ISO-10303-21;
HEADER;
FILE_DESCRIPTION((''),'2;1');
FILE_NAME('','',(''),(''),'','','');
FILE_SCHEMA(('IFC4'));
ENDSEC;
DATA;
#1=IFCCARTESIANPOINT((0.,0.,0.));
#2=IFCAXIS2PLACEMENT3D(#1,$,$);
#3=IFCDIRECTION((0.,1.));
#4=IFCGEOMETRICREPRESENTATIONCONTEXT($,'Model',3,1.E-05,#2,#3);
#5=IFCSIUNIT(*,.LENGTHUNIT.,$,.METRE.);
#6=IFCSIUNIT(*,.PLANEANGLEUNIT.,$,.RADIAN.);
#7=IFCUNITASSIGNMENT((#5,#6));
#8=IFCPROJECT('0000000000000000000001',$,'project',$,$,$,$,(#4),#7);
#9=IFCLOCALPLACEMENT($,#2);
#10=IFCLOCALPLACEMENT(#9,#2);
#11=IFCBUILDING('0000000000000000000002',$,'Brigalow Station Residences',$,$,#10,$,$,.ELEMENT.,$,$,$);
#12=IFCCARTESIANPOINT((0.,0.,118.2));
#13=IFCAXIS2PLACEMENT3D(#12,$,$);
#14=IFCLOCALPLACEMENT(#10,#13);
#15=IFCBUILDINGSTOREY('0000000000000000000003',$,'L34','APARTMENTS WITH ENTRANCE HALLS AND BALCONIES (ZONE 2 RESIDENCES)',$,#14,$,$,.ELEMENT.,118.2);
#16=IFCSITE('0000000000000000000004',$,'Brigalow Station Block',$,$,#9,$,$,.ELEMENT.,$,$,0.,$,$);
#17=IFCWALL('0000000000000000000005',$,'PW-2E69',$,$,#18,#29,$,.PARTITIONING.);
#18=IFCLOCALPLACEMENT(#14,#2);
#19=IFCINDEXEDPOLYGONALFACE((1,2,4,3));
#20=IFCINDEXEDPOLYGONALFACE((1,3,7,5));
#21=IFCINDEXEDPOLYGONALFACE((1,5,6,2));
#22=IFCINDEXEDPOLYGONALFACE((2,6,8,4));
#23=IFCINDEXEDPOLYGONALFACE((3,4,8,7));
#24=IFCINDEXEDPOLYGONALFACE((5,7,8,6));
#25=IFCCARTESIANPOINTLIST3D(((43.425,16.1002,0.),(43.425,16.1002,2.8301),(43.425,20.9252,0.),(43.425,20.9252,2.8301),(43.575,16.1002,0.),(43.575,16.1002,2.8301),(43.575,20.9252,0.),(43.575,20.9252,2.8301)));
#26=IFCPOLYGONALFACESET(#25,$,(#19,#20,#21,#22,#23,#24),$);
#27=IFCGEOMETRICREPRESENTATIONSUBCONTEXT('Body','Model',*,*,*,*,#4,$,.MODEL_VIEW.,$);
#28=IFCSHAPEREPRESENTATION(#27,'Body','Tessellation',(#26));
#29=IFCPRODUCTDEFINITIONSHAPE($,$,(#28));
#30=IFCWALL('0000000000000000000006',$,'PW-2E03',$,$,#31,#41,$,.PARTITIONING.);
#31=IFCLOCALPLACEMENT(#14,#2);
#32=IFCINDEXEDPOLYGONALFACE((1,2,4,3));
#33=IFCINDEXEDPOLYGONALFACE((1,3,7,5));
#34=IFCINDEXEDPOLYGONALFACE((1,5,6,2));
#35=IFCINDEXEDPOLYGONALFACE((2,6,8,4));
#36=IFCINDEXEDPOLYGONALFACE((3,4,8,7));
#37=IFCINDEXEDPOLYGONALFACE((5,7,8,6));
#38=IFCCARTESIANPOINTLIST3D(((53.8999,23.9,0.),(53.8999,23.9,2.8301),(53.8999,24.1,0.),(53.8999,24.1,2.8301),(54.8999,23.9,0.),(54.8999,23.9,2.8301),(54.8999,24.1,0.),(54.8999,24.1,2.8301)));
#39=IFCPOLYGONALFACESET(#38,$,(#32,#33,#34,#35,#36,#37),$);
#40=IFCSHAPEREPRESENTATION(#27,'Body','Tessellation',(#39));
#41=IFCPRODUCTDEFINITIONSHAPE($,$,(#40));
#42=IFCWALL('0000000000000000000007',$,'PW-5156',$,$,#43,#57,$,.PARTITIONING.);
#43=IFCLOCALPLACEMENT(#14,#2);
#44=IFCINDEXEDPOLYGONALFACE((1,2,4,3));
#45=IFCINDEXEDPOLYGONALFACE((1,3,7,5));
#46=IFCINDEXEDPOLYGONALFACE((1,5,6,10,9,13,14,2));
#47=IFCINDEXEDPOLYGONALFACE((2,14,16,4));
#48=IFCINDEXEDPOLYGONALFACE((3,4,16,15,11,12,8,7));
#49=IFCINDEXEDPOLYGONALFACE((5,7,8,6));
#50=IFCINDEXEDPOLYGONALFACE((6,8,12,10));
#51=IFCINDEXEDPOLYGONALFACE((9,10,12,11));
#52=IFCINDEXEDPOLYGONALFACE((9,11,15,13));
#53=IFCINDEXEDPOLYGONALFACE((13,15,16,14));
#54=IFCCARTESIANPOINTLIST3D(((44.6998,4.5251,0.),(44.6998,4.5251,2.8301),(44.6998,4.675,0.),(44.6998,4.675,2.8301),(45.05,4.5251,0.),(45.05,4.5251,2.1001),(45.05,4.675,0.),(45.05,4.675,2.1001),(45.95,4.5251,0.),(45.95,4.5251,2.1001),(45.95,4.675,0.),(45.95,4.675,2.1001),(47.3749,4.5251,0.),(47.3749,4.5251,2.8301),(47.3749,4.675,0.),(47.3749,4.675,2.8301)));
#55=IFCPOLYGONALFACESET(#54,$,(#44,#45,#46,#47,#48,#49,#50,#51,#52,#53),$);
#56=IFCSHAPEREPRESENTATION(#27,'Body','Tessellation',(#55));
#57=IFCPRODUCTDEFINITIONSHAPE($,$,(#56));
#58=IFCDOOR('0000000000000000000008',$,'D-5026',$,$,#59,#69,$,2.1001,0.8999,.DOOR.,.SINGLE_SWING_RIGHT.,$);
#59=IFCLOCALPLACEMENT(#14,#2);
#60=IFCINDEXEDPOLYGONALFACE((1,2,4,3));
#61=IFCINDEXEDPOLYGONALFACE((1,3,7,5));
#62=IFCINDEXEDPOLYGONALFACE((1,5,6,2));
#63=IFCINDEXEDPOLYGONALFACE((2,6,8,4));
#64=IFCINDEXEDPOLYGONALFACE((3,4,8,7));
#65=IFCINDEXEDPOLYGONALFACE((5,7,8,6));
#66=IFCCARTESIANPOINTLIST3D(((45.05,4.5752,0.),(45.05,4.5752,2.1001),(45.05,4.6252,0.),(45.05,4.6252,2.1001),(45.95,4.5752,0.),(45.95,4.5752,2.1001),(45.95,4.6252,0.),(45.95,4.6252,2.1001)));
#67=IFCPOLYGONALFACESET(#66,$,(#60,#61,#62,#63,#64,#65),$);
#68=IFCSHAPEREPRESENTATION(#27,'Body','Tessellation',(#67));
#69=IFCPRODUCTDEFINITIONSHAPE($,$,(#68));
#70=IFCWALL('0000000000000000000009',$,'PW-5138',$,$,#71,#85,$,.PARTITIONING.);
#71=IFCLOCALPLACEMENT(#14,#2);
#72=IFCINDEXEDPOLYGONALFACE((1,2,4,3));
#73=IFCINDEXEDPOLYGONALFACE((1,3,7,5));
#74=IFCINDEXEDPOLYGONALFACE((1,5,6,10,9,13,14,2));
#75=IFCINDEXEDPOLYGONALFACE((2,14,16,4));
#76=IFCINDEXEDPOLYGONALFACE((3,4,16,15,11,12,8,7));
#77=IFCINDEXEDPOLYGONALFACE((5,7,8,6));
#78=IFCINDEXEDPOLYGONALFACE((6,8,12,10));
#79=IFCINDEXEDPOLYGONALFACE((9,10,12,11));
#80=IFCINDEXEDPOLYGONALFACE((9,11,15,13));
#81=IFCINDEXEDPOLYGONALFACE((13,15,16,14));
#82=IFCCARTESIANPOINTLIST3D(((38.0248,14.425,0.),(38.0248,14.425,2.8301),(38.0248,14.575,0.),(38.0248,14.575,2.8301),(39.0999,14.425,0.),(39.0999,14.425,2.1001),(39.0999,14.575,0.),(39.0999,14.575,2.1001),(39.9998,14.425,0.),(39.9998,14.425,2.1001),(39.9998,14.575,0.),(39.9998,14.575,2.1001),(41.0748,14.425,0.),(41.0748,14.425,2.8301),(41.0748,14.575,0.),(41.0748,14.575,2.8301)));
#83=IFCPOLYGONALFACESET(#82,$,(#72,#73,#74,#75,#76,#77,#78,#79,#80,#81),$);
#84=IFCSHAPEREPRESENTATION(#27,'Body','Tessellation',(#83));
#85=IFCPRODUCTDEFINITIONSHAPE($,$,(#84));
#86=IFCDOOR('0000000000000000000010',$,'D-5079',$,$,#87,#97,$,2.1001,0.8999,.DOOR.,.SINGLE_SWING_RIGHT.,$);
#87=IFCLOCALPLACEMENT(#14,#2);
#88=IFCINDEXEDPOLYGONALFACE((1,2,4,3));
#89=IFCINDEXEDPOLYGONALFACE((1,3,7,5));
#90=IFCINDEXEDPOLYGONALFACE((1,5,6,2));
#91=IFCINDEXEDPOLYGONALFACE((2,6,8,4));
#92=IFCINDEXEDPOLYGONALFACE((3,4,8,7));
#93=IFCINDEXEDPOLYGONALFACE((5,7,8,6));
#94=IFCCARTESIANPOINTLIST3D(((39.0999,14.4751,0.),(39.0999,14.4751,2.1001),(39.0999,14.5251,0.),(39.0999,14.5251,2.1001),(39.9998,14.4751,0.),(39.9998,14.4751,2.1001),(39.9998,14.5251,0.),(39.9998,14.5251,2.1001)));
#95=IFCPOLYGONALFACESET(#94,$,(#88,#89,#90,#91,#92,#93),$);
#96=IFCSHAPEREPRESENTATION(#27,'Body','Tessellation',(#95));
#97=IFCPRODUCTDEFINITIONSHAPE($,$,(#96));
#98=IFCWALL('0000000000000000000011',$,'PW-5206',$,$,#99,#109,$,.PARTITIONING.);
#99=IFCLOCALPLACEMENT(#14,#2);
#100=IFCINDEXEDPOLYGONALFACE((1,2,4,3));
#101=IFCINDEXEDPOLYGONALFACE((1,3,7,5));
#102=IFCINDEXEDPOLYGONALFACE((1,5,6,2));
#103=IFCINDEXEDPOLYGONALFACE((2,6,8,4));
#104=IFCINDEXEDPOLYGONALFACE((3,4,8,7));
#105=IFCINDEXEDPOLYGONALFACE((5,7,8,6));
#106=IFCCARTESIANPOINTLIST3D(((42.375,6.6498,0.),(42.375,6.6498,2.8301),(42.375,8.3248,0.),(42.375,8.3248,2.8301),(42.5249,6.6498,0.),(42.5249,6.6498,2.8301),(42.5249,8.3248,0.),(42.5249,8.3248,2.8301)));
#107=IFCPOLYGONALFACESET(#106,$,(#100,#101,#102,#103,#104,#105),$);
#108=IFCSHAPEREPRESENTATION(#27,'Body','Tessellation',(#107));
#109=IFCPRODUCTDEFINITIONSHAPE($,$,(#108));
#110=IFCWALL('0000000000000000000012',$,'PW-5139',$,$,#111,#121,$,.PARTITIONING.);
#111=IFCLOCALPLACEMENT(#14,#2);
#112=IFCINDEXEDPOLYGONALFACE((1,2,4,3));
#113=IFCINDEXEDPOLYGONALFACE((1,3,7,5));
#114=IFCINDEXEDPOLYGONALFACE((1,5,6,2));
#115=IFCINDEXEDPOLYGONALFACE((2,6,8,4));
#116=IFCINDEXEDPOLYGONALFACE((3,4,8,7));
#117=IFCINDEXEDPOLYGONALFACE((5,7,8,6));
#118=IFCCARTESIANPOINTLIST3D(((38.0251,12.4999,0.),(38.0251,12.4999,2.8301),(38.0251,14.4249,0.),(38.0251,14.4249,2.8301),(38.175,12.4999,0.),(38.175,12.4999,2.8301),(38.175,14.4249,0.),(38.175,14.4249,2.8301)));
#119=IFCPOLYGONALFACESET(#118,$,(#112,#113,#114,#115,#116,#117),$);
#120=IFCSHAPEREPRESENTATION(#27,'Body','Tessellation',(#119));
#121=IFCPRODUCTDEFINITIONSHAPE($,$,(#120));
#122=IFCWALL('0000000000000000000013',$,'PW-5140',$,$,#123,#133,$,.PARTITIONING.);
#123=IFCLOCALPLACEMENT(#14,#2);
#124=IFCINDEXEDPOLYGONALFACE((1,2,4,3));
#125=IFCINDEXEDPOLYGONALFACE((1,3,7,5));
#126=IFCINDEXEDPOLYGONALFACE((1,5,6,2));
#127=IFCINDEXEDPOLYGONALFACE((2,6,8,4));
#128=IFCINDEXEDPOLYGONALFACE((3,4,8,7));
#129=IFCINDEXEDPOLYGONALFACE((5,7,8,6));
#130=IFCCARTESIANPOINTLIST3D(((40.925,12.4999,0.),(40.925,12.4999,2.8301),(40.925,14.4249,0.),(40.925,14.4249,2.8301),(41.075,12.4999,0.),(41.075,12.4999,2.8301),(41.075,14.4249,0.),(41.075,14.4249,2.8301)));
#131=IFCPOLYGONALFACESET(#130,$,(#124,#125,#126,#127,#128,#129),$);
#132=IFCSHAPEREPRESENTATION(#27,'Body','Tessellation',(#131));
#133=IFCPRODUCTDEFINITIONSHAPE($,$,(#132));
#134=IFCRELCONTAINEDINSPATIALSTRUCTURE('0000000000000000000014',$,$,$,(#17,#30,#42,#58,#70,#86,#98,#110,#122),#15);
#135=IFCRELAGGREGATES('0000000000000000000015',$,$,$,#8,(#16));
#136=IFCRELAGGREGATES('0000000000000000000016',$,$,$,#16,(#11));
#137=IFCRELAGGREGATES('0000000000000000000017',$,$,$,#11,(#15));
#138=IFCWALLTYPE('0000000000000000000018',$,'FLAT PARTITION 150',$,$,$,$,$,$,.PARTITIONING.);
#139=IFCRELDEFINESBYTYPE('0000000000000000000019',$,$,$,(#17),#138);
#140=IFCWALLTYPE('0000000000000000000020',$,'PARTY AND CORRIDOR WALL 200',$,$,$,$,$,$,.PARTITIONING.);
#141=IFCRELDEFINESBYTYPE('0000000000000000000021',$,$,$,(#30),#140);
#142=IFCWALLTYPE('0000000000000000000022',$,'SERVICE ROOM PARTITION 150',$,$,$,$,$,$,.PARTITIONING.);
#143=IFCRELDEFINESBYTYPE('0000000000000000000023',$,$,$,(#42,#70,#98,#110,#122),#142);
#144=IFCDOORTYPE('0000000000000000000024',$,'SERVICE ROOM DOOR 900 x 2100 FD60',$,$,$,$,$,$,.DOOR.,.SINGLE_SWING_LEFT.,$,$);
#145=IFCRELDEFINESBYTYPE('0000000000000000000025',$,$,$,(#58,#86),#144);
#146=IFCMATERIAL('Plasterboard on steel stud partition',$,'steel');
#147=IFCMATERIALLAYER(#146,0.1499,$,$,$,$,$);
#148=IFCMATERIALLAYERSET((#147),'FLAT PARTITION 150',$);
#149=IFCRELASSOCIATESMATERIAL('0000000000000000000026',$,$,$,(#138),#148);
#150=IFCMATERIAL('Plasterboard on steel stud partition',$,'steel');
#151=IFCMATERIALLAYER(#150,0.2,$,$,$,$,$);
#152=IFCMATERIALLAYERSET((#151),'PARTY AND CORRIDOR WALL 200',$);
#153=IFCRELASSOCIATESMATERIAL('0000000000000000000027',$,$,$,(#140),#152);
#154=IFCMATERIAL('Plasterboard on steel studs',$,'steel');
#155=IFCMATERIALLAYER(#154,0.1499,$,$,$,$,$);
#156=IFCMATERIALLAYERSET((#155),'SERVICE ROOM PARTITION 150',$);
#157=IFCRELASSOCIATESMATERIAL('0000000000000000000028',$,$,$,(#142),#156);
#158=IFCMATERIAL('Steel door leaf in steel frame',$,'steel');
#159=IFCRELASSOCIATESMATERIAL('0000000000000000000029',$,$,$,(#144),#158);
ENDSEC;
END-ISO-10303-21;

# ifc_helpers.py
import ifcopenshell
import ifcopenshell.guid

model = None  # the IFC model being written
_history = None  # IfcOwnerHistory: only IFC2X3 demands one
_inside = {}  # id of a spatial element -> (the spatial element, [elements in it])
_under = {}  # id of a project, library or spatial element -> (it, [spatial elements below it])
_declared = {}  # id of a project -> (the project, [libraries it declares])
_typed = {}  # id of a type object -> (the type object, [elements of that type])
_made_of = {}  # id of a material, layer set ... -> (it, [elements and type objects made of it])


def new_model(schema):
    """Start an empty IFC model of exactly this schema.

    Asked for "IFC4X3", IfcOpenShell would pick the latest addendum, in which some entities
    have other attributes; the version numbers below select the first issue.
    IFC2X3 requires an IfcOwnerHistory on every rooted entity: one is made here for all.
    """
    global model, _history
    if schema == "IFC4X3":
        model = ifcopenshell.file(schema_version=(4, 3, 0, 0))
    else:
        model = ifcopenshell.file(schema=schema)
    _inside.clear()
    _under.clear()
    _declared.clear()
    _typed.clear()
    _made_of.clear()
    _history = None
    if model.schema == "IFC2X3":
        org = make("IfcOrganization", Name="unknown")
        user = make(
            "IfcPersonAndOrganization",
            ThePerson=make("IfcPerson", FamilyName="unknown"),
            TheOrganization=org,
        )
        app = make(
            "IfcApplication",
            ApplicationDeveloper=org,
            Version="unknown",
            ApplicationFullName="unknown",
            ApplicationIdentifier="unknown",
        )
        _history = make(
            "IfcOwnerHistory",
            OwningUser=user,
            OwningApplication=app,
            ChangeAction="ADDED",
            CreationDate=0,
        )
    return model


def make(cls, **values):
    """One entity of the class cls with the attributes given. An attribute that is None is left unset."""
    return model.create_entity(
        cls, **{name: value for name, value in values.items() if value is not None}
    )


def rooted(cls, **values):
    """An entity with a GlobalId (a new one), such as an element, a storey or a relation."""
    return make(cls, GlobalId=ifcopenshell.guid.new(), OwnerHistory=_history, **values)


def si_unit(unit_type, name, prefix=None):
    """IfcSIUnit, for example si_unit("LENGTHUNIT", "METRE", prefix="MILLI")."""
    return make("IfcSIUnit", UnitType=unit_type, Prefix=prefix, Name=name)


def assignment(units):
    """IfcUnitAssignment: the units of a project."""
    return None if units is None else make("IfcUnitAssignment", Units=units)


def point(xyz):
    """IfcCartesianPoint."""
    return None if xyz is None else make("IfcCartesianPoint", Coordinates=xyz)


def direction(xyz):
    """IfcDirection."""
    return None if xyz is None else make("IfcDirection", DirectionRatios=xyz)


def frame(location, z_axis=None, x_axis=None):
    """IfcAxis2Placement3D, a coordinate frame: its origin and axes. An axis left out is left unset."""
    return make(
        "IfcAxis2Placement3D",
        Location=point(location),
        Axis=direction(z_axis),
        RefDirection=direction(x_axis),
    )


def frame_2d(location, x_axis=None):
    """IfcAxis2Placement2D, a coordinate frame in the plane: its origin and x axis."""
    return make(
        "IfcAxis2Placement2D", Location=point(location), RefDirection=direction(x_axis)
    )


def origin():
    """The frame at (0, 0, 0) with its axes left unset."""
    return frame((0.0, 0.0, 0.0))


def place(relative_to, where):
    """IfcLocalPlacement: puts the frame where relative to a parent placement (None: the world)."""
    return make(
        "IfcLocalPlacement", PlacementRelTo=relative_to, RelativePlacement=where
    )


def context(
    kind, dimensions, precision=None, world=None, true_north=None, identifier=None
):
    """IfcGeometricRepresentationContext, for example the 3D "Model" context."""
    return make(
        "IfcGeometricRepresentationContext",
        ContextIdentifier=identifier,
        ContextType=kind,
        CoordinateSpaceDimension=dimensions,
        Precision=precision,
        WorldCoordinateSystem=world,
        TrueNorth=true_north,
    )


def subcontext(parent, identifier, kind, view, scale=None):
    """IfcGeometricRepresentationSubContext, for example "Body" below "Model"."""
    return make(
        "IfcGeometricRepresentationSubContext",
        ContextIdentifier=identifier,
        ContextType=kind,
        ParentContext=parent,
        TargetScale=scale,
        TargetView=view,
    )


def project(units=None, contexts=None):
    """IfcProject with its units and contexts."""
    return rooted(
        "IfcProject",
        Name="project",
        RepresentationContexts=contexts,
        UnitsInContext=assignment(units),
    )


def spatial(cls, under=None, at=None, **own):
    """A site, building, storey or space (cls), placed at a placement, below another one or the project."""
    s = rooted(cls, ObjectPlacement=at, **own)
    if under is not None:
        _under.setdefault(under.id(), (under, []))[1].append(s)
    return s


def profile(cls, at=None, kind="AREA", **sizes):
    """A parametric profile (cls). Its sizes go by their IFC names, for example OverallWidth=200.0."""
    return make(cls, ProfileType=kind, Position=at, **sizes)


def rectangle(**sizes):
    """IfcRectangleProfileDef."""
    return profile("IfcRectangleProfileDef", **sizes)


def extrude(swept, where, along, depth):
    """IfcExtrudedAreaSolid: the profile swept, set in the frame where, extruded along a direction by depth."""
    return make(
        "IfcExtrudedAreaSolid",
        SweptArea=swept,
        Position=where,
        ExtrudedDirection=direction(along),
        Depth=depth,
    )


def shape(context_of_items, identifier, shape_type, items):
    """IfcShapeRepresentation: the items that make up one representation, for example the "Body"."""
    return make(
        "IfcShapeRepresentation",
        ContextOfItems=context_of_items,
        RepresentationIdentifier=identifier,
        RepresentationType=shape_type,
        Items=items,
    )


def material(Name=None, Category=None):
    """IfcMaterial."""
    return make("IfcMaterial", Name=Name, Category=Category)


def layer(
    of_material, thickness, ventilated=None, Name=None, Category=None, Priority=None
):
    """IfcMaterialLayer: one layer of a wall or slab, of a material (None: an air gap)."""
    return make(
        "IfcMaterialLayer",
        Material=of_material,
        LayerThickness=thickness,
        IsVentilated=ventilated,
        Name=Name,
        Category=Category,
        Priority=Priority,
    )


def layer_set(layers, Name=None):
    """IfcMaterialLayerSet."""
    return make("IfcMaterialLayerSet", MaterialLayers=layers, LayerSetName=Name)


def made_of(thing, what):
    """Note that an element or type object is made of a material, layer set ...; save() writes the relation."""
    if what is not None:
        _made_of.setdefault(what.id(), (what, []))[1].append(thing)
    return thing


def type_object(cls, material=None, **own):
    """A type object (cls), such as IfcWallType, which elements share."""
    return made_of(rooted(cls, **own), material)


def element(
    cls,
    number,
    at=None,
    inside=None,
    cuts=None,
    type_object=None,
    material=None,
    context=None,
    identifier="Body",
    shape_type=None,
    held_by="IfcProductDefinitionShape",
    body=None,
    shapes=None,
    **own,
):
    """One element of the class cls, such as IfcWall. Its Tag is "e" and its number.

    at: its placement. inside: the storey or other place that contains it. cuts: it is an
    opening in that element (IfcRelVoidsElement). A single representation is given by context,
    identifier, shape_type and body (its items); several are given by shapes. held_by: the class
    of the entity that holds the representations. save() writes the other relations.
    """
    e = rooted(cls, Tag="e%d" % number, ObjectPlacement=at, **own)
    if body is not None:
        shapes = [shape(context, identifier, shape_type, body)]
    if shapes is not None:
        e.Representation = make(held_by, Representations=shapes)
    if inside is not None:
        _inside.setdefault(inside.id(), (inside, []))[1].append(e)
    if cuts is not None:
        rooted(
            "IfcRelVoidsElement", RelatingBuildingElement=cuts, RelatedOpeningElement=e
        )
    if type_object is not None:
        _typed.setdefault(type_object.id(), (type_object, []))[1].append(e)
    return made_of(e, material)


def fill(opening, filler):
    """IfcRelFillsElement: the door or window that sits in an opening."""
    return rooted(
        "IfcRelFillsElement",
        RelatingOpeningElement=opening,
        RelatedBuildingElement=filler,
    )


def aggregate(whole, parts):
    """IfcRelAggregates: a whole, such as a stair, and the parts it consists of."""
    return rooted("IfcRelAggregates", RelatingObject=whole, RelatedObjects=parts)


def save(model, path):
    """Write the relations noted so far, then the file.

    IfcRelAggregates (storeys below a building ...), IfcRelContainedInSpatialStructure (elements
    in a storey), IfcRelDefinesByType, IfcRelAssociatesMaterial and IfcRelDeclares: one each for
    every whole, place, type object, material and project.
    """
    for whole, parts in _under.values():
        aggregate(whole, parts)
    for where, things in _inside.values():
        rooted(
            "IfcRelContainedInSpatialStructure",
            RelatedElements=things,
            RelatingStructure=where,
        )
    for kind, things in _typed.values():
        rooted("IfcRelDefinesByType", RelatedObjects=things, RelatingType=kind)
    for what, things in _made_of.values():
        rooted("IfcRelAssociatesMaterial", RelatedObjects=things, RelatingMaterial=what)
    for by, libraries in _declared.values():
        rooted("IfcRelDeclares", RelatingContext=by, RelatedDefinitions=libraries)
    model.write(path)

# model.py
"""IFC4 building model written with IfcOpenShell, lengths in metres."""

from ifc_helpers import new_model, si_unit, direction, frame, frame_2d, origin, place, context, subcontext, project, spatial, rectangle, extrude, material, layer, layer_set, type_object, element, fill, save


model = new_model("IFC4")

# Units and contexts
model_context = context("Model", 3, precision=1e-05, world=origin(), true_north=direction((0.0, 1.0)))
body_context = subcontext(model_context, "Body", "Model", "MODEL_VIEW")
ifc_project = project(units=[si_unit("LENGTHUNIT", "METRE"), si_unit("PLANEANGLEUNIT", "RADIAN")], contexts=[model_context])

# Site, building, storey
site_placement = place(None, origin())
site = spatial("IfcSite", under=ifc_project, at=site_placement, Name="Brigalow Station Block", CompositionType="ELEMENT", RefElevation=0.0)
building_placement = place(site_placement, origin())
building = spatial("IfcBuilding", under=site, at=building_placement, Name="Brigalow Station Residences", CompositionType="ELEMENT")
storey_placement = place(building_placement, frame((0.0, 0.0, 118.2)))
storey = spatial("IfcBuildingStorey", under=building, at=storey_placement, Name="L34", Description="APARTMENTS WITH ENTRANCE HALLS AND BALCONIES (ZONE 2 RESIDENCES)", CompositionType="ELEMENT", Elevation=118.2)

# Shared definitions
ifc_material_1 = material(Name="Plasterboard on steel stud partition", Category="steel")
ifc_layer_1 = layer(ifc_material_1, 0.1499)
ifc_layer_set_1 = layer_set([ifc_layer_1], Name="FLAT PARTITION 150")
wall_type_1 = type_object("IfcWallType", Name="FLAT PARTITION 150", PredefinedType="PARTITIONING", material=ifc_layer_set_1)

# Walls
for number, where, z_axis, x_axis, name in (
    (1, (43.5, 16.1001, 0.0), (0.0, 0.0, 1.0), (0.0, 1.0, 0.0), "PW-2E69"),
):
    element("IfcWall", number, at=place(storey_placement, frame(where, z_axis=z_axis, x_axis=x_axis)), inside=storey, type_object=wall_type_1, Name=name, PredefinedType="PARTITIONING", context=body_context, shape_type="SweptSolid", body=[
        extrude(rectangle(XDim=4.825, YDim=0.1499, at=frame_2d((2.4126, 0.0))), origin(), (0.0, 0.0, 1.0), 2.8301),
    ])
ifc_material_2 = material(Name="Plasterboard on steel stud partition", Category="steel")
ifc_layer_2 = layer(ifc_material_2, 0.2)
ifc_layer_set_2 = layer_set([ifc_layer_2], Name="PARTY AND CORRIDOR WALL 200")
wall_type_2 = type_object("IfcWallType", Name="PARTY AND CORRIDOR WALL 200", PredefinedType="PARTITIONING", material=ifc_layer_set_2)
wall_1_placement = place(storey_placement, frame((53.8999, 24.0, 0.0), z_axis=(0.0, 0.0, 1.0), x_axis=(1.0, 0.0, 0.0)))
element("IfcWall", 2, at=wall_1_placement, inside=storey, type_object=wall_type_2, Name="PW-2E03", PredefinedType="PARTITIONING", context=body_context, shape_type="SweptSolid", body=[
    extrude(rectangle(XDim=1.0, YDim=0.2, at=frame_2d((0.5, 0.0))), origin(), (0.0, 0.0, 1.0), 2.8301),
])

# Walls, openings, doors
ifc_material_3 = material(Name="Plasterboard on steel studs", Category="steel")
ifc_layer_3 = layer(ifc_material_3, 0.1499)
ifc_layer_set_3 = layer_set([ifc_layer_3], Name="SERVICE ROOM PARTITION 150")
wall_type_3 = type_object("IfcWallType", Name="SERVICE ROOM PARTITION 150", PredefinedType="PARTITIONING", material=ifc_layer_set_3)
wall_2_placement = place(storey_placement, frame((44.7, 4.6001, 0.0), z_axis=(0.0, 0.0, 1.0), x_axis=(1.0, 0.0, 0.0)))
wall_2 = element("IfcWall", 3, at=wall_2_placement, inside=storey, type_object=wall_type_3, Name="PW-5156", PredefinedType="PARTITIONING", context=body_context, shape_type="SweptSolid", body=[
    extrude(rectangle(XDim=2.675, YDim=0.1499, at=frame_2d((1.3374, 0.0))), origin(), (0.0, 0.0, 1.0), 2.8301),
])
opening_1_placement = place(wall_2_placement, frame((0.3501, 0.0, 0.0)))
opening_1 = element("IfcOpeningElement", 4, at=opening_1_placement, cuts=wall_2, PredefinedType="OPENING", context=body_context, shape_type="SweptSolid", body=[
    extrude(rectangle(XDim=0.8999, YDim=2.1001, at=frame_2d((0.45, 1.05))), frame((0.0, 0.085, 0.0), z_axis=(0.0, -1.0, 0.0), x_axis=(1.0, 0.0, 0.0)), (0.0, 0.0, 1.0), 0.1699),
])
ifc_material_4 = material(Name="Steel door leaf in steel frame", Category="steel")
door_type_1 = type_object("IfcDoorType", Name="SERVICE ROOM DOOR 900 x 2100 FD60", OperationType="SINGLE_SWING_LEFT", PredefinedType="DOOR", material=ifc_material_4)
door_1_placement = place(opening_1_placement, frame((0.8999, 0.0, 0.0), z_axis=(0.0, 0.0, 1.0), x_axis=(-1.0, 0.0, 0.0)))
door_1 = element("IfcDoor", 5, at=door_1_placement, inside=storey, type_object=door_type_1, Name="D-5026", OperationType="SINGLE_SWING_RIGHT", OverallHeight=2.1001, OverallWidth=0.8999, PredefinedType="DOOR", context=body_context, shape_type="SweptSolid", body=[
    extrude(rectangle(XDim=0.8999, YDim=2.1001, at=frame_2d((0.45, 1.05))), frame((0.0, 0.0249, 0.0), z_axis=(0.0, -1.0, 0.0), x_axis=(1.0, 0.0, 0.0)), (0.0, 0.0, 1.0), 0.05),
])
fill(opening_1, door_1)
wall_3_placement = place(storey_placement, frame((38.0249, 14.5, 0.0), z_axis=(0.0, 0.0, 1.0), x_axis=(1.0, 0.0, 0.0)))
wall_3 = element("IfcWall", 6, at=wall_3_placement, inside=storey, type_object=wall_type_3, Name="PW-5138", PredefinedType="PARTITIONING", context=body_context, shape_type="SweptSolid", body=[
    extrude(rectangle(XDim=3.05, YDim=0.1499, at=frame_2d((1.5249, 0.0))), origin(), (0.0, 0.0, 1.0), 2.8301),
])
opening_2_placement = place(wall_3_placement, frame((1.075, 0.0, 0.0)))
opening_2 = element("IfcOpeningElement", 7, at=opening_2_placement, cuts=wall_3, PredefinedType="OPENING", context=body_context, shape_type="SweptSolid", body=[
    extrude(rectangle(XDim=0.8999, YDim=2.1001, at=frame_2d((0.45, 1.05))), frame((0.0, 0.085, 0.0), z_axis=(0.0, -1.0, 0.0), x_axis=(1.0, 0.0, 0.0)), (0.0, 0.0, 1.0), 0.1699),
])
door_2_placement = place(opening_2_placement, frame((0.8999, 0.0, 0.0), z_axis=(0.0, 0.0, 1.0), x_axis=(-1.0, 0.0, 0.0)))
door_2 = element("IfcDoor", 8, at=door_2_placement, inside=storey, type_object=door_type_1, Name="D-5079", OperationType="SINGLE_SWING_RIGHT", OverallHeight=2.1001, OverallWidth=0.8999, PredefinedType="DOOR", context=body_context, shape_type="SweptSolid", body=[
    extrude(rectangle(XDim=0.8999, YDim=2.1001, at=frame_2d((0.45, 1.05))), frame((0.0, 0.0249, 0.0), z_axis=(0.0, -1.0, 0.0), x_axis=(1.0, 0.0, 0.0)), (0.0, 0.0, 1.0), 0.05),
])
fill(opening_2, door_2)

# Walls
wall_4_placement = place(storey_placement, frame((42.45, 6.6499, 0.0), z_axis=(0.0, 0.0, 1.0), x_axis=(0.0, 1.0, 0.0)))
element("IfcWall", 9, at=wall_4_placement, inside=storey, type_object=wall_type_3, Name="PW-5206", PredefinedType="PARTITIONING", context=body_context, shape_type="SweptSolid", body=[
    extrude(rectangle(XDim=1.675, YDim=0.1499, at=frame_2d((0.8374, 0.0))), origin(), (0.0, 0.0, 1.0), 2.8301),
])
for number, where, z_axis, x_axis, name in (
    (10, (38.1001, 12.5, 0.0), (0.0, 0.0, 1.0), (0.0, 1.0, 0.0), "PW-5139"),
    (11, (41.0, 12.5, 0.0), (0.0, 0.0, 1.0), (0.0, 1.0, 0.0), "PW-5140"),
):
    element("IfcWall", number, at=place(storey_placement, frame(where, z_axis=z_axis, x_axis=x_axis)), inside=storey, type_object=wall_type_3, Name=name, PredefinedType="PARTITIONING", context=body_context, shape_type="SweptSolid", body=[
        extrude(rectangle(XDim=1.925, YDim=0.1499, at=frame_2d((0.9624, 0.0))), origin(), (0.0, 0.0, 1.0), 2.8301),
    ])

save(model, "model.ifc")
